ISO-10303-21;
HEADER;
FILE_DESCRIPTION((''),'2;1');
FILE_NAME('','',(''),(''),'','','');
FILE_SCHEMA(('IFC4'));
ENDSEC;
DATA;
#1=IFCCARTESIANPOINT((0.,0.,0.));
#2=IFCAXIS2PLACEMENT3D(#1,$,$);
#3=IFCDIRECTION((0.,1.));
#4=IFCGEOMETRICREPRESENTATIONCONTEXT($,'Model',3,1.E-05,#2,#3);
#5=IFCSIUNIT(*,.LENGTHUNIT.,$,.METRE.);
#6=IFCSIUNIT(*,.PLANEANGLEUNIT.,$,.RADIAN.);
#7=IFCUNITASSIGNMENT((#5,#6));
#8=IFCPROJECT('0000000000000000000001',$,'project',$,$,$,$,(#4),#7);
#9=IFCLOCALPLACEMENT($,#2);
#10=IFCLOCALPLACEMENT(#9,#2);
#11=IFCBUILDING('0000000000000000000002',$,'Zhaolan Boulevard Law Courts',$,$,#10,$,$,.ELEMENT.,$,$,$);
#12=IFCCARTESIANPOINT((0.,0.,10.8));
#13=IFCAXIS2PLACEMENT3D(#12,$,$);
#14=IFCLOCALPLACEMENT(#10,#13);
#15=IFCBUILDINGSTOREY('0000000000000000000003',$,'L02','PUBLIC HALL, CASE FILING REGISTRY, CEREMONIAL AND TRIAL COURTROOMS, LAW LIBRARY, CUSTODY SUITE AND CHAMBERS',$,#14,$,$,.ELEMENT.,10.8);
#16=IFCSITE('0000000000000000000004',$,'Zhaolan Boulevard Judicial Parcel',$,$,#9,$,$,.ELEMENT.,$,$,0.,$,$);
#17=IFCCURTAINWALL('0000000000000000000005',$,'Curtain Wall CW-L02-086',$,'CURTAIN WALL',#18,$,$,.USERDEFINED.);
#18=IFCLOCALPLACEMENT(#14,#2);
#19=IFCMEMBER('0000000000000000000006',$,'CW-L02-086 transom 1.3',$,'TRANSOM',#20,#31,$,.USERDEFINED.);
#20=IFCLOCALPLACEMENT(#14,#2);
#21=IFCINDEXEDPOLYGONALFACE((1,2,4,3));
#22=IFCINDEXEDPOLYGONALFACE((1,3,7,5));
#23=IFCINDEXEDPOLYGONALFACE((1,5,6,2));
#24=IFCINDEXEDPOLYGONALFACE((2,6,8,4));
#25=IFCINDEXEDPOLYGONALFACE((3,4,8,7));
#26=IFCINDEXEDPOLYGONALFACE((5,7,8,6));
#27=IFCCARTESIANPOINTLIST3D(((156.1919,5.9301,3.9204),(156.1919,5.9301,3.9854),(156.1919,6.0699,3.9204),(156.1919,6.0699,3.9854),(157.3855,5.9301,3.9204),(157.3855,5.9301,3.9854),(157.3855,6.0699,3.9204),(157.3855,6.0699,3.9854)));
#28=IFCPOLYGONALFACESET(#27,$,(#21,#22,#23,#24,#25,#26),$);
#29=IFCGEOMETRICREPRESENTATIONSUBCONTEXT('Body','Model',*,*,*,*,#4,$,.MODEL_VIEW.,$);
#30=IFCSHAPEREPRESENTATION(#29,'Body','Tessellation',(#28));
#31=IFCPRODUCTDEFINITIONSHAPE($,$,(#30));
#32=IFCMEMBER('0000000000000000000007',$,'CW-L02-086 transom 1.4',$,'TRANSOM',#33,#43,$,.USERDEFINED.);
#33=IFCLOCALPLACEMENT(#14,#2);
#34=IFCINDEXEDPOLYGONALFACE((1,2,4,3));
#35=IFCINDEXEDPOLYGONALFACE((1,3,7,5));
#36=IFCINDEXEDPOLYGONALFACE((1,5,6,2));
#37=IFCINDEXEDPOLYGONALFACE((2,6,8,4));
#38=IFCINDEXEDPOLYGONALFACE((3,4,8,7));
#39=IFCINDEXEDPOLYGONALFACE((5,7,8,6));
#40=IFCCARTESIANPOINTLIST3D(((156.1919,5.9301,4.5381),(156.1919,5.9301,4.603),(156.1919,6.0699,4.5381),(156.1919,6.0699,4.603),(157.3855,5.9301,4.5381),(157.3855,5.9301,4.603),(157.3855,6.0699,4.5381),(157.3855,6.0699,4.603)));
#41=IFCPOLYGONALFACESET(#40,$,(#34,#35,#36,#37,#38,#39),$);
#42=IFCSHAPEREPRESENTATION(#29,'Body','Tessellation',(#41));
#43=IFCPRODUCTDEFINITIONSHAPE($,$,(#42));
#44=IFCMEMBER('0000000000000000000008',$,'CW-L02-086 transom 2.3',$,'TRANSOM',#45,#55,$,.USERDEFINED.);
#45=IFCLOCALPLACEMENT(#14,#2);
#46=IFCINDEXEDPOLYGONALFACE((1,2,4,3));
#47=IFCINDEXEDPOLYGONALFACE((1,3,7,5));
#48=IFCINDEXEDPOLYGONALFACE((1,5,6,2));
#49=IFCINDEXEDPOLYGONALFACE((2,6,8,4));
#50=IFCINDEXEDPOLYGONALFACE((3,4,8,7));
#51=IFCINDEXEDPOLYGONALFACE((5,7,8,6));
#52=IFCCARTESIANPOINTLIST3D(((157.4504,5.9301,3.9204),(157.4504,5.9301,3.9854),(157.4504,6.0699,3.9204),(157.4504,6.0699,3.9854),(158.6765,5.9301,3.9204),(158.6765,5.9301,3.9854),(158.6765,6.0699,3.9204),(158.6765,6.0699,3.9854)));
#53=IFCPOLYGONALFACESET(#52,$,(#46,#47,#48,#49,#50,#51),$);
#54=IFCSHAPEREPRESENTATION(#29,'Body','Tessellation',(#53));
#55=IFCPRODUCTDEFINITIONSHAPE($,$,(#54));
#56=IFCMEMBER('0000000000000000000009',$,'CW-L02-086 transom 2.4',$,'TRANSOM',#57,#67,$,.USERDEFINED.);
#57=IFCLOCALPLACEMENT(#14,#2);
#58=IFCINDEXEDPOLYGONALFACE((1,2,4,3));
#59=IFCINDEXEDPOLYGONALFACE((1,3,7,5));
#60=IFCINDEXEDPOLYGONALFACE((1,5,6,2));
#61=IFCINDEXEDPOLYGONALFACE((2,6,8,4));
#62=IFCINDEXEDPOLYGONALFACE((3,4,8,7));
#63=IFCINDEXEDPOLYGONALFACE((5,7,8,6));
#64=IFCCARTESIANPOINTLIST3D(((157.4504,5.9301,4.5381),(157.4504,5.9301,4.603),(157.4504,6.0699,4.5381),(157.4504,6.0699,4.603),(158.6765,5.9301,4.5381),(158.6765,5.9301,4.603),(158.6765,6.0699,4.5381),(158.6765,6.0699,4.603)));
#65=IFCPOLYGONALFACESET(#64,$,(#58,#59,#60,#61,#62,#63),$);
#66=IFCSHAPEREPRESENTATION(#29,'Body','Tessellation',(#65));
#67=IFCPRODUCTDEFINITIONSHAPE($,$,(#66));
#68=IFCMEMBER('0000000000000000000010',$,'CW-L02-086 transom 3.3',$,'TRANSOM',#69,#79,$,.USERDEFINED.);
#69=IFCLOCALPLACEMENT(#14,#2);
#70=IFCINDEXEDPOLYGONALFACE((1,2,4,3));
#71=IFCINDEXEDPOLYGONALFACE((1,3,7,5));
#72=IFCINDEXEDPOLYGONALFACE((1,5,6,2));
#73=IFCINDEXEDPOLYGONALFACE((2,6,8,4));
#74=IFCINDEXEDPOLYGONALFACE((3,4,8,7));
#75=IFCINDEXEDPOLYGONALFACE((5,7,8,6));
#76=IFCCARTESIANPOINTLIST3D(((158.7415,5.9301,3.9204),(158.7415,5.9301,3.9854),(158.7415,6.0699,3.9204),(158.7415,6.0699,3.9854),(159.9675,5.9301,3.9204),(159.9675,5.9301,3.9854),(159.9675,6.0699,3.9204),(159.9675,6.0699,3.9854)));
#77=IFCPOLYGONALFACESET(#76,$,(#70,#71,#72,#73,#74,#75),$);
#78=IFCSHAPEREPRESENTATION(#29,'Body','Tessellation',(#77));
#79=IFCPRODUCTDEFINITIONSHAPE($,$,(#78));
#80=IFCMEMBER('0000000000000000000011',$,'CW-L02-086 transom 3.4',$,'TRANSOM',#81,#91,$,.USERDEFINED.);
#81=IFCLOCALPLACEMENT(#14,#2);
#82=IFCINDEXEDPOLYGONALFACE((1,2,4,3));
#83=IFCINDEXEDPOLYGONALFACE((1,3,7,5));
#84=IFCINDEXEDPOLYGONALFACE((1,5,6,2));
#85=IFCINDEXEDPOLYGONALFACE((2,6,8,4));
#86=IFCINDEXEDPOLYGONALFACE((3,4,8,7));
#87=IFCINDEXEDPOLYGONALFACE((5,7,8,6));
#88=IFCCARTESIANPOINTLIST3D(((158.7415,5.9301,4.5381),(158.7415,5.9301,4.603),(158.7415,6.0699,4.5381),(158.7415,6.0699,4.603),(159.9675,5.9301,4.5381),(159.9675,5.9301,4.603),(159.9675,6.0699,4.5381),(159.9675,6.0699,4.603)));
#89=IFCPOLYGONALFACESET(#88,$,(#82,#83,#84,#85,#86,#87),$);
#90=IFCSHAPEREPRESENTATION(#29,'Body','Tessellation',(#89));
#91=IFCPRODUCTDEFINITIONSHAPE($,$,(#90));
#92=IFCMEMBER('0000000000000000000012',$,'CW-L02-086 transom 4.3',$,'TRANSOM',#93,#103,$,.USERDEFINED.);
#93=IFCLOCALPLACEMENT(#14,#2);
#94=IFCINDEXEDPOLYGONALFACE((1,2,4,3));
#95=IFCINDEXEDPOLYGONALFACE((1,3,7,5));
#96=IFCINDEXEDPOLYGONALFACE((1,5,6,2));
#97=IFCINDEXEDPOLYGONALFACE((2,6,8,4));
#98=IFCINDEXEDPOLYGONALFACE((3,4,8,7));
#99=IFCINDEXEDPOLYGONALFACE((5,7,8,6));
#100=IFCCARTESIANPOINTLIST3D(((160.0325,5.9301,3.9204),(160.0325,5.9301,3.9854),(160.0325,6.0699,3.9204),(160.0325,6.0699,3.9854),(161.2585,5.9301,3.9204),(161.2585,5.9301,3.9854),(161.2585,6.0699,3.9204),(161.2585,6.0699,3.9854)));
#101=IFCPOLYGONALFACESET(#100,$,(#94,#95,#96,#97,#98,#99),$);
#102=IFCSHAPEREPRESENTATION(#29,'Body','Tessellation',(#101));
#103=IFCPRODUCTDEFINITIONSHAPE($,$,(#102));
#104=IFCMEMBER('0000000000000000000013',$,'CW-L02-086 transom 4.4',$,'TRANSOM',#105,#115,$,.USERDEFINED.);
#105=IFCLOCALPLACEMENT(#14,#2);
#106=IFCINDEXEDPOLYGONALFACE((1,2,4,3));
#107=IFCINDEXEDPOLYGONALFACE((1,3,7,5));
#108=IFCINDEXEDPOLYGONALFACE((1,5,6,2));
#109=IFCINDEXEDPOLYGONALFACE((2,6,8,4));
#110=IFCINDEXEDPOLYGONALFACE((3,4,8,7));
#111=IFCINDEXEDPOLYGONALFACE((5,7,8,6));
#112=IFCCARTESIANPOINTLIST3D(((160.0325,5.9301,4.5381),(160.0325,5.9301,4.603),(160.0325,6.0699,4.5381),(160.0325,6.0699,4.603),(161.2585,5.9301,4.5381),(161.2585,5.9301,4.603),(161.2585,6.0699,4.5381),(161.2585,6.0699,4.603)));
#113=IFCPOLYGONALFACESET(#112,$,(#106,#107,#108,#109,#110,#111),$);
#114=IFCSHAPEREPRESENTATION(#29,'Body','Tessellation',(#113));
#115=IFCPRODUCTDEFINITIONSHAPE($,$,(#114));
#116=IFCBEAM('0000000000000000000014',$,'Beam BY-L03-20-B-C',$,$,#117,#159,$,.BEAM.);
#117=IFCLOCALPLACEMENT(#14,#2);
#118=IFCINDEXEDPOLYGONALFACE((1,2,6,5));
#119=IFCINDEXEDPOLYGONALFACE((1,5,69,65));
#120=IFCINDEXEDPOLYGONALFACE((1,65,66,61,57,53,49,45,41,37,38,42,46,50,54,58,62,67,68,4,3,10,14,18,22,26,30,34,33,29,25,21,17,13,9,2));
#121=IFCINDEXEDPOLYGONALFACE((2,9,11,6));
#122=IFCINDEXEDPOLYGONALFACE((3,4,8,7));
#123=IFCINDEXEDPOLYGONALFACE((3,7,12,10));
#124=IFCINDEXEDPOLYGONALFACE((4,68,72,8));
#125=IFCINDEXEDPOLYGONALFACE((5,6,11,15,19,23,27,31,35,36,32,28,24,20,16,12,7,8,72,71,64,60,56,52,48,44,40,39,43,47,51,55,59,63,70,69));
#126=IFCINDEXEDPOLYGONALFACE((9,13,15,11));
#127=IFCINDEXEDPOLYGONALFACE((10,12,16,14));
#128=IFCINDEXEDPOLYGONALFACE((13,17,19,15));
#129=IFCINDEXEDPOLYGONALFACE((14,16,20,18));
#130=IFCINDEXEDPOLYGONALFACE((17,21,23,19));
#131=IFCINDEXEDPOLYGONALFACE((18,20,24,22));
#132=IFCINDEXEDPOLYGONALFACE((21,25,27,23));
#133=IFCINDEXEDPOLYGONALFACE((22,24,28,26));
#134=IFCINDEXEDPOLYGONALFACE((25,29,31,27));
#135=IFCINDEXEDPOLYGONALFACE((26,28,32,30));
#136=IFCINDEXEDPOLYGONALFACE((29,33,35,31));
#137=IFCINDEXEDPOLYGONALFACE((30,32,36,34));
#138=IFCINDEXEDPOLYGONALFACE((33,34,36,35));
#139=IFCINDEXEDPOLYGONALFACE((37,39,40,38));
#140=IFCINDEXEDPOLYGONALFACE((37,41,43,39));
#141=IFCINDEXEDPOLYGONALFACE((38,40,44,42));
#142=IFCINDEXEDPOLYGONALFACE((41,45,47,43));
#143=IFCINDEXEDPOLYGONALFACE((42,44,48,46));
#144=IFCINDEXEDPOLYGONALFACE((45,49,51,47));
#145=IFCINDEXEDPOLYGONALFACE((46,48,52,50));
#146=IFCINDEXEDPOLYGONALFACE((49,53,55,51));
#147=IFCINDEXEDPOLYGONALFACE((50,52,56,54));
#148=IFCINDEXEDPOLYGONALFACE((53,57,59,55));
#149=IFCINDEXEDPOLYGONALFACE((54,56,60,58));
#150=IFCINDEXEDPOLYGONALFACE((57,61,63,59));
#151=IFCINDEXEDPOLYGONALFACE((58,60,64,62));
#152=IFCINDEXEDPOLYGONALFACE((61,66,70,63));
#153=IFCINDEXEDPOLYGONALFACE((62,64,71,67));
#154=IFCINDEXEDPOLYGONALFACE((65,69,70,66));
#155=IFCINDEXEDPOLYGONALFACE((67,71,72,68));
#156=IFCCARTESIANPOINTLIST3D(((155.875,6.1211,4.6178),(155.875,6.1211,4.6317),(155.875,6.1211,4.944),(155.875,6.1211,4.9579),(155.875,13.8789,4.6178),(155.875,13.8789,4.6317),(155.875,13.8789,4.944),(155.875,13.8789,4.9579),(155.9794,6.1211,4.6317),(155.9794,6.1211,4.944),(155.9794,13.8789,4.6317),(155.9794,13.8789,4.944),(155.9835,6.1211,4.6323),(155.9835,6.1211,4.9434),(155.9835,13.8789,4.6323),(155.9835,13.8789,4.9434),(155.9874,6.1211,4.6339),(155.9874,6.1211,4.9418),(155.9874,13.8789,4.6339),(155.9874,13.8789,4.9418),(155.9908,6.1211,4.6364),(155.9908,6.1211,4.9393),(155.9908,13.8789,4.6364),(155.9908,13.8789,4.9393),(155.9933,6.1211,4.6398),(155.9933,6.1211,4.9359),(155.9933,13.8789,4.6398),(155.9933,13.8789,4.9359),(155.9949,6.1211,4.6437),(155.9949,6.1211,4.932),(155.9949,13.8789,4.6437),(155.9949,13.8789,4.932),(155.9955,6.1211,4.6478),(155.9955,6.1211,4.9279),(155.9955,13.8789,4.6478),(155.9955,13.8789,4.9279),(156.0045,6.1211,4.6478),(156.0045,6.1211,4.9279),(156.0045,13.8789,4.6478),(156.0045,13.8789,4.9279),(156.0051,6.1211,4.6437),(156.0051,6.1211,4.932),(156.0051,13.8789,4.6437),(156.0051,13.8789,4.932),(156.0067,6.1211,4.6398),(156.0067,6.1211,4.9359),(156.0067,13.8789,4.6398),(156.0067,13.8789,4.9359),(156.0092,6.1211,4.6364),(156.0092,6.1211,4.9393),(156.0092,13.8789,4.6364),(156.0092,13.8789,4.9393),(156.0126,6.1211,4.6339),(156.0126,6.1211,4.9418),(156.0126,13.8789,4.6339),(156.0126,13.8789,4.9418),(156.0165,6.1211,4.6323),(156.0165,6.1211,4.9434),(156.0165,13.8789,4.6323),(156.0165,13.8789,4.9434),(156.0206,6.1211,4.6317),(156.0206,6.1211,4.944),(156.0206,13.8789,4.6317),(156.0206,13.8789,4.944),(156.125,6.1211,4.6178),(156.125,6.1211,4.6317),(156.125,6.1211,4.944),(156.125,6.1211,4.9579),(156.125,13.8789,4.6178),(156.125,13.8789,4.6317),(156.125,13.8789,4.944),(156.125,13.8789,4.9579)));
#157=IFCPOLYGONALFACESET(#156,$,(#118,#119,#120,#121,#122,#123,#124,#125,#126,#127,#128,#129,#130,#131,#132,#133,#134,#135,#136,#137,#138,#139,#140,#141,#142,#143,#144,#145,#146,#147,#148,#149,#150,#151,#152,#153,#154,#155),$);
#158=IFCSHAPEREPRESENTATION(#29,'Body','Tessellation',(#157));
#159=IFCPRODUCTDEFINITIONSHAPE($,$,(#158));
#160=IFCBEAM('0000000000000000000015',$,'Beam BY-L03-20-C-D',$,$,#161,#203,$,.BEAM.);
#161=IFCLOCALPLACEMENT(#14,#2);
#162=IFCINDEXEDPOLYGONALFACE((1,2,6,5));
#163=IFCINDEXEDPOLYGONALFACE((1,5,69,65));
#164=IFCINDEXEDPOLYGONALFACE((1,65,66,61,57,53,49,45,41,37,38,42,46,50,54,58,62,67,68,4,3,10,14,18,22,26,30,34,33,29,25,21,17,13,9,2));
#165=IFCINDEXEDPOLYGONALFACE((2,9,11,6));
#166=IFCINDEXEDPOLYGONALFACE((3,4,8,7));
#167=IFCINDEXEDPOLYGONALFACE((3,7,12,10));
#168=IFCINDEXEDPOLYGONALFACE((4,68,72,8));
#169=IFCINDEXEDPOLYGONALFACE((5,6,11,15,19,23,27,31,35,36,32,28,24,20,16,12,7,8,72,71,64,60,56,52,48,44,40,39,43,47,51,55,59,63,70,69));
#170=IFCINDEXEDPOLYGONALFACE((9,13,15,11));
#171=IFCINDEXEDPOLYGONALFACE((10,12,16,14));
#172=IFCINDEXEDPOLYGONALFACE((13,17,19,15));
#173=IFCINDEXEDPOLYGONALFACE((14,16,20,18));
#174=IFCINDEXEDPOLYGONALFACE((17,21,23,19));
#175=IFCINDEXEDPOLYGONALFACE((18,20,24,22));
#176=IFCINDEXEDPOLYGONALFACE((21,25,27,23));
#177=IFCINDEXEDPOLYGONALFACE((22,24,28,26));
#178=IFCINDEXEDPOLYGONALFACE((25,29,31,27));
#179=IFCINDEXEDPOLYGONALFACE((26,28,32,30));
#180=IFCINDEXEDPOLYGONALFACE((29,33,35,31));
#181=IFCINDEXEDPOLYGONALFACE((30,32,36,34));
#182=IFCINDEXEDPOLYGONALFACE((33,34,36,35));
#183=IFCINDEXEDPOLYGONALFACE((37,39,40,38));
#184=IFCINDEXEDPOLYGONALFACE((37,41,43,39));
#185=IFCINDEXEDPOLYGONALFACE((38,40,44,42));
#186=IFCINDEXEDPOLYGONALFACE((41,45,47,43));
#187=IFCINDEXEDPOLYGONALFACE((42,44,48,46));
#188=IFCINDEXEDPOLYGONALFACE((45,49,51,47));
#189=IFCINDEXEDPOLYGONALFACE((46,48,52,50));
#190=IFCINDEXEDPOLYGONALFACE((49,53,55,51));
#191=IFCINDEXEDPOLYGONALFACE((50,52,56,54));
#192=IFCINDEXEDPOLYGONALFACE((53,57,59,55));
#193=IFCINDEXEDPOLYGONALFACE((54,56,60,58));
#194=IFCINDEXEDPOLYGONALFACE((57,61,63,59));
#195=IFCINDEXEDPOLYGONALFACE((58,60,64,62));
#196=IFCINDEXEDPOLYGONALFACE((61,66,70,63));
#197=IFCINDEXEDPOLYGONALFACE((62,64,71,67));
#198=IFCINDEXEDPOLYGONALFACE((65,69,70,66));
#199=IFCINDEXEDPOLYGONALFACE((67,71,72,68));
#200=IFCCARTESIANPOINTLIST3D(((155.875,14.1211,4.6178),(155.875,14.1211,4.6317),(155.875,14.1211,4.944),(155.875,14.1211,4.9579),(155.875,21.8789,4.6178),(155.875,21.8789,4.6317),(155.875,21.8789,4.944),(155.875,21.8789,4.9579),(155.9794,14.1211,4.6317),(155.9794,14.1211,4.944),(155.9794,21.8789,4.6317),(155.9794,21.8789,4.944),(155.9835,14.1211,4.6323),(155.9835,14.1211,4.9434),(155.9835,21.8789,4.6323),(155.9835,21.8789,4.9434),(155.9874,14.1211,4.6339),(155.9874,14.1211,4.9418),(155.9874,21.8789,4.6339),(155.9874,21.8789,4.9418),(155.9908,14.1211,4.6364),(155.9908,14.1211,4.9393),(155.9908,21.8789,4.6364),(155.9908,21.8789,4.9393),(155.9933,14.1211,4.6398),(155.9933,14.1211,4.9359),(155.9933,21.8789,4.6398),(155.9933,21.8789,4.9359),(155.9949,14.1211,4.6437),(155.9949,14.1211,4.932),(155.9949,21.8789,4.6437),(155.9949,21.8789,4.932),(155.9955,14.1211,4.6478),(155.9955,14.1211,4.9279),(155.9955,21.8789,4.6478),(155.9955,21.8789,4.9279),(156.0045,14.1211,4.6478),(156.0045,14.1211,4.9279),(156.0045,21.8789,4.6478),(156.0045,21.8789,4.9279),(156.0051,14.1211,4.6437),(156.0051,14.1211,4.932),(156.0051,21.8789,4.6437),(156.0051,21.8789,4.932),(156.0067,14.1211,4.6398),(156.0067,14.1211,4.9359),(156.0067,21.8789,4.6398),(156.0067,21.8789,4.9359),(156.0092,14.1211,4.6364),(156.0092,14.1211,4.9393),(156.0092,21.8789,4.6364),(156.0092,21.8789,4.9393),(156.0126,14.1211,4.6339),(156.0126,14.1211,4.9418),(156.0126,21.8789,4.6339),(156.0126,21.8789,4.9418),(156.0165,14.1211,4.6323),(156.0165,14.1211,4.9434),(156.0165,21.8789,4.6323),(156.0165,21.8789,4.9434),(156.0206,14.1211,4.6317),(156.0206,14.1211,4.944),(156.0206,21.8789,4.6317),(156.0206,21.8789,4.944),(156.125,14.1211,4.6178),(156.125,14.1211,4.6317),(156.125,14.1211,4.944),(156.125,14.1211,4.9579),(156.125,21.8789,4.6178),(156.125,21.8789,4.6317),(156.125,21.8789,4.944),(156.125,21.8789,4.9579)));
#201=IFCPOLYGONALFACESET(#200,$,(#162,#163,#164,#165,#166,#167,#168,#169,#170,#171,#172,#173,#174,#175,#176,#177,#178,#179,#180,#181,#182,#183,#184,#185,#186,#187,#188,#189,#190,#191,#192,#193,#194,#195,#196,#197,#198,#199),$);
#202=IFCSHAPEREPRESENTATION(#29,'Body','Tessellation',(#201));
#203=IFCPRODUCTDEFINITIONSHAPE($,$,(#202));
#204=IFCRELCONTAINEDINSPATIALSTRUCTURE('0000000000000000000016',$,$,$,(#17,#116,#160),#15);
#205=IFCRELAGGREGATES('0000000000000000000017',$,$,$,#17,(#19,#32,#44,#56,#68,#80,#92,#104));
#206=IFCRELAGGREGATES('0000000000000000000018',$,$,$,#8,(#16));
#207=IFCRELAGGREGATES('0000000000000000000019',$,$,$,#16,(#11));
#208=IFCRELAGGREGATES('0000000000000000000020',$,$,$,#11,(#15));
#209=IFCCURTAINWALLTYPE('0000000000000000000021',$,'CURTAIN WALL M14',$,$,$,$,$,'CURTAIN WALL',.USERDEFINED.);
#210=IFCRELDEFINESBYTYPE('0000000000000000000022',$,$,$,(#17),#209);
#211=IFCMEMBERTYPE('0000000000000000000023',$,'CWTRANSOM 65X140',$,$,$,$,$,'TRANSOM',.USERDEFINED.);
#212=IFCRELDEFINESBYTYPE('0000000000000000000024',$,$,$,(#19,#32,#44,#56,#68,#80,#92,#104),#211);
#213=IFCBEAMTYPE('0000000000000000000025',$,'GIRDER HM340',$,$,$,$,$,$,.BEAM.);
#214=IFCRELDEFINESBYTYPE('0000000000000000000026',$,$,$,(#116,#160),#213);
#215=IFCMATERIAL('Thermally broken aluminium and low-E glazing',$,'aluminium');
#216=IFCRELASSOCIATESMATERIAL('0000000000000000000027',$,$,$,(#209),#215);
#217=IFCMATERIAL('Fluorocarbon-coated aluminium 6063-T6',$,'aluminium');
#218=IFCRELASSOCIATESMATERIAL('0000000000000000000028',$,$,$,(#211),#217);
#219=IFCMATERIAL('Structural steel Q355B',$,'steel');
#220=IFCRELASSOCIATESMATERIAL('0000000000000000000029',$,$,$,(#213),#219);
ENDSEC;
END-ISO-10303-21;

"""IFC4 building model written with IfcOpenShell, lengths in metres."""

from ifc_helpers import new_model, si_unit, direction, frame, origin, origin_2d, place, context, subcontext, project, spatial, rectangle, i_section, extrude, material, material_profile, profile_set, type_object, element, aggregate, save


model = new_model("IFC4")

# Units and contexts
model_context = context("Model", 3, precision=1e-05, world=origin(), true_north=direction((0.0, 1.0)))
body_context = subcontext(model_context, "Body", "Model", "MODEL_VIEW")
ifc_project = project(units=[si_unit("LENGTHUNIT", "METRE"), si_unit("PLANEANGLEUNIT", "RADIAN")], contexts=[model_context])

# Site, building, storey
site_placement = place(None, origin())
site = spatial("IfcSite", under=ifc_project, at=site_placement, Name="Zhaolan Boulevard Judicial Parcel", CompositionType="ELEMENT", RefElevation=0.0)
building_placement = place(site_placement, origin())
building = spatial("IfcBuilding", under=site, at=building_placement, Name="Zhaolan Boulevard Law Courts", CompositionType="ELEMENT")
storey_placement = place(building_placement, frame((0.0, 0.0, 10.8)))
storey = spatial("IfcBuildingStorey", under=building, at=storey_placement, Name="L02", Description="PUBLIC HALL, CASE FILING REGISTRY, CEREMONIAL AND TRIAL COURTROOMS, LAW LIBRARY, CUSTODY SUITE AND CHAMBERS", CompositionType="ELEMENT", Elevation=10.8)

# Curtain wall, members
ifc_material_1 = material(Name="Thermally broken aluminium and low-E glazing", Category="aluminium")
curtain_wall_type = type_object("IfcCurtainWallType", Name="CURTAIN WALL M14", ElementType="CURTAIN WALL", PredefinedType="USERDEFINED", material=ifc_material_1)
curtain_wall_placement = place(storey_placement, origin())
curtain_wall = element("IfcCurtainWall", 1, at=curtain_wall_placement, inside=storey, type_object=curtain_wall_type, Name="Curtain Wall CW-L02-086", ObjectType="CURTAIN WALL", PredefinedType="USERDEFINED")
ifc_material_2 = material(Name="Fluorocarbon-coated aluminium 6063-T6", Category="aluminium")
ifc_material_profile_1 = material_profile(ifc_material_2, rectangle(XDim=0.1399, YDim=0.0649, at=origin_2d()), Name="AL65x140")
ifc_profile_set_1 = profile_set([ifc_material_profile_1], Name="Fluorocarbon-coated aluminium 6063-T6")
member_type_1 = type_object("IfcMemberType", Name="CWTRANSOM 65X140", ElementType="TRANSOM", PredefinedType="USERDEFINED", material=ifc_profile_set_1)
member_1_placement = place(storey_placement, frame((156.1919, 6.0, 3.9529), z_axis=(1.0, 0.0, 0.0), x_axis=(0.0, 1.0, 0.0)))
member_1 = element("IfcMember", 2, at=member_1_placement, type_object=member_type_1, Name="CW-L02-086 transom 1.3", ObjectType="TRANSOM", PredefinedType="USERDEFINED", context=body_context, shape_type="SweptSolid", body=[
    extrude(rectangle(XDim=0.1399, YDim=0.0649, at=origin_2d()), origin(), (0.0, 0.0, 1.0), 1.1936),
])
member_2_placement = place(storey_placement, frame((156.1919, 6.0, 4.5706), z_axis=(1.0, 0.0, 0.0), x_axis=(0.0, 1.0, 0.0)))
member_2 = element("IfcMember", 3, at=member_2_placement, type_object=member_type_1, Name="CW-L02-086 transom 1.4", ObjectType="TRANSOM", PredefinedType="USERDEFINED", context=body_context, shape_type="SweptSolid", body=[
    extrude(rectangle(XDim=0.1399, YDim=0.0649, at=origin_2d()), origin(), (0.0, 0.0, 1.0), 1.1936),
])
member_3_placement = place(storey_placement, frame((157.4504, 6.0, 3.9529), z_axis=(1.0, 0.0, 0.0), x_axis=(0.0, 1.0, 0.0)))
member_3 = element("IfcMember", 4, at=member_3_placement, type_object=member_type_1, Name="CW-L02-086 transom 2.3", ObjectType="TRANSOM", PredefinedType="USERDEFINED", context=body_context, shape_type="SweptSolid", body=[
    extrude(rectangle(XDim=0.1399, YDim=0.0649, at=origin_2d()), origin(), (0.0, 0.0, 1.0), 1.2261),
])
member_4_placement = place(storey_placement, frame((157.4504, 6.0, 4.5706), z_axis=(1.0, 0.0, 0.0), x_axis=(0.0, 1.0, 0.0)))
member_4 = element("IfcMember", 5, at=member_4_placement, type_object=member_type_1, Name="CW-L02-086 transom 2.4", ObjectType="TRANSOM", PredefinedType="USERDEFINED", context=body_context, shape_type="SweptSolid", body=[
    extrude(rectangle(XDim=0.1399, YDim=0.0649, at=origin_2d()), origin(), (0.0, 0.0, 1.0), 1.2261),
])
member_5_placement = place(storey_placement, frame((158.7415, 6.0, 3.9529), z_axis=(1.0, 0.0, 0.0), x_axis=(0.0, 1.0, 0.0)))
member_5 = element("IfcMember", 6, at=member_5_placement, type_object=member_type_1, Name="CW-L02-086 transom 3.3", ObjectType="TRANSOM", PredefinedType="USERDEFINED", context=body_context, shape_type="SweptSolid", body=[
    extrude(rectangle(XDim=0.1399, YDim=0.0649, at=origin_2d()), origin(), (0.0, 0.0, 1.0), 1.2261),
])
member_6_placement = place(storey_placement, frame((158.7415, 6.0, 4.5706), z_axis=(1.0, 0.0, 0.0), x_axis=(0.0, 1.0, 0.0)))
member_6 = element("IfcMember", 7, at=member_6_placement, type_object=member_type_1, Name="CW-L02-086 transom 3.4", ObjectType="TRANSOM", PredefinedType="USERDEFINED", context=body_context, shape_type="SweptSolid", body=[
    extrude(rectangle(XDim=0.1399, YDim=0.0649, at=origin_2d()), origin(), (0.0, 0.0, 1.0), 1.2261),
])
member_7_placement = place(storey_placement, frame((160.0325, 6.0, 3.9529), z_axis=(1.0, 0.0, 0.0), x_axis=(0.0, 1.0, 0.0)))
member_7 = element("IfcMember", 8, at=member_7_placement, type_object=member_type_1, Name="CW-L02-086 transom 4.3", ObjectType="TRANSOM", PredefinedType="USERDEFINED", context=body_context, shape_type="SweptSolid", body=[
    extrude(rectangle(XDim=0.1399, YDim=0.0649, at=origin_2d()), origin(), (0.0, 0.0, 1.0), 1.2261),
])
member_8_placement = place(storey_placement, frame((160.0325, 6.0, 4.5706), z_axis=(1.0, 0.0, 0.0), x_axis=(0.0, 1.0, 0.0)))
member_8 = element("IfcMember", 9, at=member_8_placement, type_object=member_type_1, Name="CW-L02-086 transom 4.4", ObjectType="TRANSOM", PredefinedType="USERDEFINED", context=body_context, shape_type="SweptSolid", body=[
    extrude(rectangle(XDim=0.1399, YDim=0.0649, at=origin_2d()), origin(), (0.0, 0.0, 1.0), 1.2261),
])

# Beams
ifc_material_3 = material(Name="Structural steel Q355B", Category="steel")
ifc_material_profile_2 = material_profile(ifc_material_3, i_section(OverallWidth=0.25, OverallDepth=0.3401, WebThickness=0.009, FlangeThickness=0.0139, FilletRadius=0.0161, at=origin_2d()), Name="HM340x250")
ifc_profile_set_2 = profile_set([ifc_material_profile_2], Name="Structural steel Q355B")
beam_type_1 = type_object("IfcBeamType", Name="GIRDER HM340", PredefinedType="BEAM", material=ifc_profile_set_2)
for number, where, z_axis, x_axis, name in (
    (10, (156.0, 6.1211, 4.7878), (0.0, 1.0, 0.0), (-1.0, 0.0, 0.0), "Beam BY-L03-20-B-C"),
    (11, (156.0, 14.1211, 4.7878), (0.0, 1.0, 0.0), (-1.0, 0.0, 0.0), "Beam BY-L03-20-C-D"),
):
    element("IfcBeam", number, at=place(storey_placement, frame(where, z_axis=z_axis, x_axis=x_axis)), inside=storey, type_object=beam_type_1, Name=name, PredefinedType="BEAM", context=body_context, shape_type="SweptSolid", body=[
        extrude(i_section(OverallWidth=0.25, OverallDepth=0.3401, WebThickness=0.009, FlangeThickness=0.0139, FilletRadius=0.0161, at=origin_2d()), origin(), (0.0, 0.0, 1.0), 7.7578),
    ])

aggregate(curtain_wall, [member_1, member_2, member_3, member_4, member_5, member_6, member_7, member_8])

save(model, "model.ifc")
